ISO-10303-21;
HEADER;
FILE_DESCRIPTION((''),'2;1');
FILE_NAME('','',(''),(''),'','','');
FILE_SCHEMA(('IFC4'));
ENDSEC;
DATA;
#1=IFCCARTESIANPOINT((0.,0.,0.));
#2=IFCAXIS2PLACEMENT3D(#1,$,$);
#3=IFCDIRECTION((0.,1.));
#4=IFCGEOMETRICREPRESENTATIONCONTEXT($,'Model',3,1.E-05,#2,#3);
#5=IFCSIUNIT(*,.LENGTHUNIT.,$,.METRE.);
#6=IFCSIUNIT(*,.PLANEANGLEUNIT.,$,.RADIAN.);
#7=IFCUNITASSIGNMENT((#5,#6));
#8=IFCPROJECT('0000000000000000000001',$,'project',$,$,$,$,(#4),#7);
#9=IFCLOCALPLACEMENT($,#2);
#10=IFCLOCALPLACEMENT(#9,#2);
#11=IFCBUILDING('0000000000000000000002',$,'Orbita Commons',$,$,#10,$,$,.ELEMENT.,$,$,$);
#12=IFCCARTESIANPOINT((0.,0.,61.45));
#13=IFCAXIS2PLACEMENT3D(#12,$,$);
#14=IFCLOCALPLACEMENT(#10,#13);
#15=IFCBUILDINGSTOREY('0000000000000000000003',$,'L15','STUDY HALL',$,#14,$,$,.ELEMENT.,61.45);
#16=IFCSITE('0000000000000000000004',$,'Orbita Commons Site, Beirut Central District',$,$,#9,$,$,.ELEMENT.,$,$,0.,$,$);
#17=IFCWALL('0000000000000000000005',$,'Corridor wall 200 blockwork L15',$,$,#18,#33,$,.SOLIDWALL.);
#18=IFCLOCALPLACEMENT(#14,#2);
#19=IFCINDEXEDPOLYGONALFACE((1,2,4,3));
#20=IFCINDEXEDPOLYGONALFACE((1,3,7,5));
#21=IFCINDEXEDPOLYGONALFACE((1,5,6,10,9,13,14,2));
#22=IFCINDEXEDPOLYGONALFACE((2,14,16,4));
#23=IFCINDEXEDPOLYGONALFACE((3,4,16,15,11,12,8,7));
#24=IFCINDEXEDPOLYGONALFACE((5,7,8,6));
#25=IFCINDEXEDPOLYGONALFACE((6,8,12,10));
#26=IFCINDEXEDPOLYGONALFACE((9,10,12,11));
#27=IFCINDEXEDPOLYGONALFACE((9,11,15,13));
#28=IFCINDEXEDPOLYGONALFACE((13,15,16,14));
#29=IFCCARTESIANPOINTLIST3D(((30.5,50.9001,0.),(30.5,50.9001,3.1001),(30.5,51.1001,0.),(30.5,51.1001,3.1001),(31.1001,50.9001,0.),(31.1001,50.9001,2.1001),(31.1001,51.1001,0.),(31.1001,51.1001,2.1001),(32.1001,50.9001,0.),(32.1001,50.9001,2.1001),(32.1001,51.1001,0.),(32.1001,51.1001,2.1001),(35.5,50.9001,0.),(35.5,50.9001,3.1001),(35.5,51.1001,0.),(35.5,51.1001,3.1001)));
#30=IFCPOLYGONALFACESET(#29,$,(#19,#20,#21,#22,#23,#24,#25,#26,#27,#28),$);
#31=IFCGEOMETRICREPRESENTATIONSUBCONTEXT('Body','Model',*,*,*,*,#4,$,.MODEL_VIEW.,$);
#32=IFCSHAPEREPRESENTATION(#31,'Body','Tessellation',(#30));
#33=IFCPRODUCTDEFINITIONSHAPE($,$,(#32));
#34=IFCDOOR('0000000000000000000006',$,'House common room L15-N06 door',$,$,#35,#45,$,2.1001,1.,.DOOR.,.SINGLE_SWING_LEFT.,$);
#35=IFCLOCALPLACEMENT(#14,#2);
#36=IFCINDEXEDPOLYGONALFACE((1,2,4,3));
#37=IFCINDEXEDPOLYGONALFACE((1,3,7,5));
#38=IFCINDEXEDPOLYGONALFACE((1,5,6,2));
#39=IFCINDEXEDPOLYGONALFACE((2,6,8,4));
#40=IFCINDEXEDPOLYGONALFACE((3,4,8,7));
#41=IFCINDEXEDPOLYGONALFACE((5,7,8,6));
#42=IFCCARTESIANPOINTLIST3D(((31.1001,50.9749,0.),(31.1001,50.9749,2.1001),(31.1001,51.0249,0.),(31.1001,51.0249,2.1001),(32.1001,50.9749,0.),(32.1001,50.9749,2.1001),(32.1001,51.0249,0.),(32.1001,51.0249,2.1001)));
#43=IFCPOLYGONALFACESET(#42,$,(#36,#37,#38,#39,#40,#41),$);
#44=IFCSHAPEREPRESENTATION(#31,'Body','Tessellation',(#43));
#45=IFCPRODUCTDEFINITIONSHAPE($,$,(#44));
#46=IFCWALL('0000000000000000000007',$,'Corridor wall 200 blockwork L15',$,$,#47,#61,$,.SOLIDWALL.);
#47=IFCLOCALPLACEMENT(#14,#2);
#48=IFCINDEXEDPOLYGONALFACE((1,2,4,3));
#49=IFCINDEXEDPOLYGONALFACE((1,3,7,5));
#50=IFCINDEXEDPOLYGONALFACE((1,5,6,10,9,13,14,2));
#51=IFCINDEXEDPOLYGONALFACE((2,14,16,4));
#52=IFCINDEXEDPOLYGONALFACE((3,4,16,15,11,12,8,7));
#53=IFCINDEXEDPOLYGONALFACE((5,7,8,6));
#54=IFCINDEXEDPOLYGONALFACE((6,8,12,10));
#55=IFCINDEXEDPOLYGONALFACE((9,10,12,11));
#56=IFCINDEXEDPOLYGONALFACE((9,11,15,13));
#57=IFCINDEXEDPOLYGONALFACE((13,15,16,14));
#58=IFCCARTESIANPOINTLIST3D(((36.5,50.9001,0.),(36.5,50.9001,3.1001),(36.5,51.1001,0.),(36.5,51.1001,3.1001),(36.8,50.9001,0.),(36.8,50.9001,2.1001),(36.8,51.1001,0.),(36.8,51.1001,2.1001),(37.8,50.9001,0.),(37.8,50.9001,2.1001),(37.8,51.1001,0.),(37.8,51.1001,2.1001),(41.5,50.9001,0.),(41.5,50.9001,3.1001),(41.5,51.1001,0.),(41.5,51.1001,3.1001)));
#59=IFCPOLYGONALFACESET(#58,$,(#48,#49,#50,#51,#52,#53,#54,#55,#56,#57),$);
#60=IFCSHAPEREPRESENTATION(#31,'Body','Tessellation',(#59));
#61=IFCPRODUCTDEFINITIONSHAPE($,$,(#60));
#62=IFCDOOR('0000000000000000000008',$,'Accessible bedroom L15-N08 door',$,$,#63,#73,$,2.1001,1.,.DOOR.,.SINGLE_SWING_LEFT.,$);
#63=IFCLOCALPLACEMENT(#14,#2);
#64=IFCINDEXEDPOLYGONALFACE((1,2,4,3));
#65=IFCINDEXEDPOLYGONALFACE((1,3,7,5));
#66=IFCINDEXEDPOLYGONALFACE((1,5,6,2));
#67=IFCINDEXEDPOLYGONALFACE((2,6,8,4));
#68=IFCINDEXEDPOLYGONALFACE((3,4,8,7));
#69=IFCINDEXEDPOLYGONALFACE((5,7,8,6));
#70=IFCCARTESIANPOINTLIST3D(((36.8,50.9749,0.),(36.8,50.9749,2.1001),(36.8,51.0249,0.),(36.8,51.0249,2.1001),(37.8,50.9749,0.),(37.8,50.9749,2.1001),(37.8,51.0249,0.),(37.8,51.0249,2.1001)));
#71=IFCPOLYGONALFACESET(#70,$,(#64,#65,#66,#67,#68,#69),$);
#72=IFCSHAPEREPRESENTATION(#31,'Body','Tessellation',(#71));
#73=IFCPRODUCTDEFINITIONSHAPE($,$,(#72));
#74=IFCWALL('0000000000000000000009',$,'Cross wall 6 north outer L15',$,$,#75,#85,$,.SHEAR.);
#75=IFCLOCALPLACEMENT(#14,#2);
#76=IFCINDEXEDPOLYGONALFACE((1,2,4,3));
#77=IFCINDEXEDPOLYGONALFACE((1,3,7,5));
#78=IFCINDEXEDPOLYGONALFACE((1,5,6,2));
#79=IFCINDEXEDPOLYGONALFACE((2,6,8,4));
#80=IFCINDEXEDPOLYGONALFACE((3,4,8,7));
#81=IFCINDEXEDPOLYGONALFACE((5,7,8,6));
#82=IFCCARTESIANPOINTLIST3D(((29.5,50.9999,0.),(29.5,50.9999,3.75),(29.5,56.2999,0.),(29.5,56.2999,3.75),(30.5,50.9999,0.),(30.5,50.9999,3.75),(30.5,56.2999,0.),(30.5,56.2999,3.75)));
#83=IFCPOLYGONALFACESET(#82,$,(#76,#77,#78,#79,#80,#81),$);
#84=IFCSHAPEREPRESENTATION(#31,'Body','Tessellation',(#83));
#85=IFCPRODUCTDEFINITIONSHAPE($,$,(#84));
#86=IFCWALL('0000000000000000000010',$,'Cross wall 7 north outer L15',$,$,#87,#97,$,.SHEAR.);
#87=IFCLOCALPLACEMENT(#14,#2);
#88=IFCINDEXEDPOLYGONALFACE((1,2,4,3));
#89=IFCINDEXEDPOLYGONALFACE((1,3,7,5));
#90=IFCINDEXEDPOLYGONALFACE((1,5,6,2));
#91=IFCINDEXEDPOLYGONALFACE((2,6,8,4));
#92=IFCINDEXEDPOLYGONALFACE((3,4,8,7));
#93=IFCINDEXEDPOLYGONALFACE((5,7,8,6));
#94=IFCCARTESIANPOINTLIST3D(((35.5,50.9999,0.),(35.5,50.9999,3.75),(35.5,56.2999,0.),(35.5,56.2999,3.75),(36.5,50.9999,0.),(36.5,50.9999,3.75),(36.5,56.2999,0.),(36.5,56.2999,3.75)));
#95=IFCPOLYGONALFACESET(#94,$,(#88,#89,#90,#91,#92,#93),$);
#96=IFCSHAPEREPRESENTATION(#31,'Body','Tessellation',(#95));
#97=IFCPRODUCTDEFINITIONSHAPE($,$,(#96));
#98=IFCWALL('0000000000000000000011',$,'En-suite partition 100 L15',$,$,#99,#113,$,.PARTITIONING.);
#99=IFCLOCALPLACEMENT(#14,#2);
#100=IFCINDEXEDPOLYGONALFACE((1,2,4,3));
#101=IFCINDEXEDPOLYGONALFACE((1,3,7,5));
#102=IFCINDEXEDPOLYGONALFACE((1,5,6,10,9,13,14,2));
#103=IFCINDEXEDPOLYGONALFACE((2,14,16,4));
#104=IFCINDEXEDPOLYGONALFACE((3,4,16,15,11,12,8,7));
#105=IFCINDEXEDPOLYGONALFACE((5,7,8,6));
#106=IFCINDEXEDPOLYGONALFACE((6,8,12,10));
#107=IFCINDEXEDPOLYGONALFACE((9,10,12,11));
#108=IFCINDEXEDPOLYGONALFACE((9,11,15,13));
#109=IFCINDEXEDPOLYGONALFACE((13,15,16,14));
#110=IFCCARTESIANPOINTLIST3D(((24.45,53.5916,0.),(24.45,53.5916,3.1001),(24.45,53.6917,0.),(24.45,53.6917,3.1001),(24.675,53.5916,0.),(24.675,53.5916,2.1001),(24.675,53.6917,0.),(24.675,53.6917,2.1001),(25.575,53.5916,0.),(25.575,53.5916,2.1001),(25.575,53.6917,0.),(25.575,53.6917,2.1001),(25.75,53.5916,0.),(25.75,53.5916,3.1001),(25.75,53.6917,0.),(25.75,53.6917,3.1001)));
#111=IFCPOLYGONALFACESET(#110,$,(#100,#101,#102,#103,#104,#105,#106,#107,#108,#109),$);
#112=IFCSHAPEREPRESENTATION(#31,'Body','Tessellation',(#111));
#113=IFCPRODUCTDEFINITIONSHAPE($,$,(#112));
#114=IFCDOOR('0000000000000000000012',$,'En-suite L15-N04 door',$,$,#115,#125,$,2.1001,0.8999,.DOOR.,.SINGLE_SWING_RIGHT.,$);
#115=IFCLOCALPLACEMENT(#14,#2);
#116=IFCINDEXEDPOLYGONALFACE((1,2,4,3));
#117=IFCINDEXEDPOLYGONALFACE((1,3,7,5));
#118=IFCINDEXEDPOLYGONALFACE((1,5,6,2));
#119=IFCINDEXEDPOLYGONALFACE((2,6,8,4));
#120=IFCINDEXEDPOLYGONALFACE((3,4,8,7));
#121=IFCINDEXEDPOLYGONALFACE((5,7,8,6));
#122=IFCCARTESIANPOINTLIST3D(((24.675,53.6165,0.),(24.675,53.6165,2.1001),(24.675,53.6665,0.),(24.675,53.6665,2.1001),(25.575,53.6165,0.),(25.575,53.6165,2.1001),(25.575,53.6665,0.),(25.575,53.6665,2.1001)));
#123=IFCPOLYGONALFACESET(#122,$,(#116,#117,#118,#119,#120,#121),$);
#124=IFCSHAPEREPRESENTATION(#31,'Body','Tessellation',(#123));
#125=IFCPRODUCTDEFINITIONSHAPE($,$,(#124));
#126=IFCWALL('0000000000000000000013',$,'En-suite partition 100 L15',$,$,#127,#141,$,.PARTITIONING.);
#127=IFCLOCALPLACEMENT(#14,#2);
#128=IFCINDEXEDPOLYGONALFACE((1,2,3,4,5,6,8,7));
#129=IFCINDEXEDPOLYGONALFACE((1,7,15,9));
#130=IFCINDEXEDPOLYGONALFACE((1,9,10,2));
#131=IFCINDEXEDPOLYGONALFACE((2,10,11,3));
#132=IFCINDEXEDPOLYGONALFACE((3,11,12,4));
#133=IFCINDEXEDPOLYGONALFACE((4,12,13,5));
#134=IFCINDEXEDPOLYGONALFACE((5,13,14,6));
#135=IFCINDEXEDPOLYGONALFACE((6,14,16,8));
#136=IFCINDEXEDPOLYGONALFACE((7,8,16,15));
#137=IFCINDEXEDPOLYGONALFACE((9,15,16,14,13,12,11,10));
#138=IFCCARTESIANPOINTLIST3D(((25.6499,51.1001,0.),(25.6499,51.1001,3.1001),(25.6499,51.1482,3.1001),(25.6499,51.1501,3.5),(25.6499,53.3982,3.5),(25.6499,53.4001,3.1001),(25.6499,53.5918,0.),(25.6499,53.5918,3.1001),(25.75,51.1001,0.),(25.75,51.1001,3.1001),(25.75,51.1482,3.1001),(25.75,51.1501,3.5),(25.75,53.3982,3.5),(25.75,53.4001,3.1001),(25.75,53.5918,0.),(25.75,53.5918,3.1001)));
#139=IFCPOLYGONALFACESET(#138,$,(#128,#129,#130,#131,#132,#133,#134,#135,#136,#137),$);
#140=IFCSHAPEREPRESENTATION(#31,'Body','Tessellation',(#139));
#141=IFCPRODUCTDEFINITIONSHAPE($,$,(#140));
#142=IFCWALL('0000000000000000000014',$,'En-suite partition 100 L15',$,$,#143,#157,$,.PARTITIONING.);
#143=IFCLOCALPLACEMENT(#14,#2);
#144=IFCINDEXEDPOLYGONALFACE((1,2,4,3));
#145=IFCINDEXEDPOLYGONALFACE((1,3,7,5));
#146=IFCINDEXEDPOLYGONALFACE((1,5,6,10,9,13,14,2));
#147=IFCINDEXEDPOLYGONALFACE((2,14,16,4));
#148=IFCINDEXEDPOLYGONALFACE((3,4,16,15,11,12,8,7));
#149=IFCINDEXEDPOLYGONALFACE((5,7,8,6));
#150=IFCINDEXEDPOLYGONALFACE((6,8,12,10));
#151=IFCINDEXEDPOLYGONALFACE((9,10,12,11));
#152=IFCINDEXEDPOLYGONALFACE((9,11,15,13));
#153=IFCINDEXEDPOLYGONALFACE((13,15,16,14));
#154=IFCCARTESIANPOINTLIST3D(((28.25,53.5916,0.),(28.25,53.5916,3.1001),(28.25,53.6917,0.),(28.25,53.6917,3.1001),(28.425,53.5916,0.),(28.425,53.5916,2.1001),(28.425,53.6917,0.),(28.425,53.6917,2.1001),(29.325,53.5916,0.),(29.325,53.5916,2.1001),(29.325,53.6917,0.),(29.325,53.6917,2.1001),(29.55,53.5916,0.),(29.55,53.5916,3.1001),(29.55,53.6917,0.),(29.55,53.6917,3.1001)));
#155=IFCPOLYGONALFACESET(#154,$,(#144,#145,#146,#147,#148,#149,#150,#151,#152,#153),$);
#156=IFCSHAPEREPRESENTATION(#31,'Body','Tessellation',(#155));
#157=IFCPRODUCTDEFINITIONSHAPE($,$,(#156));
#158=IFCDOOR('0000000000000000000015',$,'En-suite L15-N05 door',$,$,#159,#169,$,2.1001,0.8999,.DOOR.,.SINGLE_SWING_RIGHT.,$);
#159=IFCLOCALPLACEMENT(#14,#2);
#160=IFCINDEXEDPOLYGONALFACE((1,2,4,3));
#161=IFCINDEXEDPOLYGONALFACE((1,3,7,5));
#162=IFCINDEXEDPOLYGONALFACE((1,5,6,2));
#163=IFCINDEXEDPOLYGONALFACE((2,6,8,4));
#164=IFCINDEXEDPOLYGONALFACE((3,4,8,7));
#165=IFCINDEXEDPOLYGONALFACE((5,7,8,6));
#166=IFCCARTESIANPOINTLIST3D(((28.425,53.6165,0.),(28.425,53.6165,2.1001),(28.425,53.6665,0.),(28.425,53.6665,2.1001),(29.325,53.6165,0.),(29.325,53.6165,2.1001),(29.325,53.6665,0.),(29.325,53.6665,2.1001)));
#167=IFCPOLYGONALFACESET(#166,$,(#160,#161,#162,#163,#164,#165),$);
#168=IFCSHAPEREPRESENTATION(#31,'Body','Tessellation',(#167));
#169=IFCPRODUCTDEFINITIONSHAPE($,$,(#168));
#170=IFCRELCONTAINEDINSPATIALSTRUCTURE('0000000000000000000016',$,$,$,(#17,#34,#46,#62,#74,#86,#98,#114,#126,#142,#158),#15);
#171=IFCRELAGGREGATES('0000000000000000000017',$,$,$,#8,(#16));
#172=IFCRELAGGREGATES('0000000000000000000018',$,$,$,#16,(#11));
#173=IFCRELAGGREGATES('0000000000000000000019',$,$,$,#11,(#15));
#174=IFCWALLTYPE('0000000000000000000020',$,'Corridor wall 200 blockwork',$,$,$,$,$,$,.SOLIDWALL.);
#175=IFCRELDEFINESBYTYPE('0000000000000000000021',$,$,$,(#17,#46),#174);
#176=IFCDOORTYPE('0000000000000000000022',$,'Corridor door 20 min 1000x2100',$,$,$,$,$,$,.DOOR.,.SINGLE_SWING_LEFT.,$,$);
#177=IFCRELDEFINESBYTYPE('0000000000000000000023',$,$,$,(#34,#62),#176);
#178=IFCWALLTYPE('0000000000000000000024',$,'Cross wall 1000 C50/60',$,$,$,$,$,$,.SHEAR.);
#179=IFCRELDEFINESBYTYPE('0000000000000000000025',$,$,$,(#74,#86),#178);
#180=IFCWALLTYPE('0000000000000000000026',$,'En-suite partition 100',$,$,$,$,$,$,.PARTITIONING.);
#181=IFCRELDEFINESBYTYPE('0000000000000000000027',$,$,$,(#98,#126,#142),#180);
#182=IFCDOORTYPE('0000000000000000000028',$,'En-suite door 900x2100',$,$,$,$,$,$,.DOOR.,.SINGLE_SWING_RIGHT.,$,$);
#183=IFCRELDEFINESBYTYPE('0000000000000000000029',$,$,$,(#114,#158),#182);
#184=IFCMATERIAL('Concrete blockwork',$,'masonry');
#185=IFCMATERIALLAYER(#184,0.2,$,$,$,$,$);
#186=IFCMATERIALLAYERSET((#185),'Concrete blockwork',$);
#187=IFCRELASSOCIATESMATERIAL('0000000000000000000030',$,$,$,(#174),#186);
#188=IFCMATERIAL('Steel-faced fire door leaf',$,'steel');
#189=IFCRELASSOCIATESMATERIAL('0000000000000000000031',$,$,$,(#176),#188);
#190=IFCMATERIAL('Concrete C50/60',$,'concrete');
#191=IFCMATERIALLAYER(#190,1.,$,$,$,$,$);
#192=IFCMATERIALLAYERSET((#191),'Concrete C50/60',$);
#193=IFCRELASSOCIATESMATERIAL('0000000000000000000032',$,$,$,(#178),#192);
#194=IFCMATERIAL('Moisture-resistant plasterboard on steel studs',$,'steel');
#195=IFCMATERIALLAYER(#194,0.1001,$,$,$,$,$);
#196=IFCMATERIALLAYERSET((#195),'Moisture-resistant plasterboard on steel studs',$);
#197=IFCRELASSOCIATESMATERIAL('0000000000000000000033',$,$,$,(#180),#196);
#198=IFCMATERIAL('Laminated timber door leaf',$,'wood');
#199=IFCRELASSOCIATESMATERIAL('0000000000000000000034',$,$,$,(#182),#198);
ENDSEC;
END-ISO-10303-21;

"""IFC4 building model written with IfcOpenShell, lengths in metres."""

from ifc_helpers import new_model, si_unit, direction, frame, frame_2d, origin, place, context, subcontext, project, spatial, polyline, rectangle, outline, extrude, material, layer, layer_set, type_object, element, fill, save


model = new_model("IFC4")

# Units and contexts
model_context = context("Model", 3, precision=1e-05, world=origin(), true_north=direction((0.0, 1.0)))
body_context = subcontext(model_context, "Body", "Model", "MODEL_VIEW")
ifc_project = project(units=[si_unit("LENGTHUNIT", "METRE"), si_unit("PLANEANGLEUNIT", "RADIAN")], contexts=[model_context])

# Site, building, storey
site_placement = place(None, origin())
site = spatial("IfcSite", under=ifc_project, at=site_placement, Name="Orbita Commons Site, Beirut Central District", CompositionType="ELEMENT", RefElevation=0.0)
building_placement = place(site_placement, origin())
building = spatial("IfcBuilding", under=site, at=building_placement, Name="Orbita Commons", CompositionType="ELEMENT")
storey_placement = place(building_placement, frame((0.0, 0.0, 61.45)))
storey = spatial("IfcBuildingStorey", under=building, at=storey_placement, Name="L15", Description="STUDY HALL", CompositionType="ELEMENT", Elevation=61.45)

# Shared definitions
ifc_material_1 = material(Name="Concrete blockwork", Category="masonry")
ifc_layer_1 = layer(ifc_material_1, 0.2)
ifc_layer_set_1 = layer_set([ifc_layer_1], Name="Concrete blockwork")
wall_type_1 = type_object("IfcWallType", Name="Corridor wall 200 blockwork", PredefinedType="SOLIDWALL", material=ifc_layer_set_1)

# Walls, openings, doors
wall_1_placement = place(storey_placement, frame((30.5, 51.0, 0.0), z_axis=(0.0, 0.0, 1.0), x_axis=(1.0, 0.0, 0.0)))
wall_1 = element("IfcWall", 1, at=wall_1_placement, inside=storey, type_object=wall_type_1, Name="Corridor wall 200 blockwork L15", PredefinedType="SOLIDWALL", context=body_context, shape_type="SweptSolid", body=[
    extrude(outline(polyline([(0.0, 0.0), (5.0, 0.0), (5.0, 3.1001), (0.0, 3.1001), (0.0, 0.0)])), frame((0.0, 0.1001, 0.0), z_axis=(0.0, -1.0, 0.0), x_axis=(1.0, 0.0, 0.0)), (0.0, 0.0, 1.0), 0.2),
])
opening_1_placement = place(wall_1_placement, frame((0.6001, 0.0, 0.0)))
opening_1 = element("IfcOpeningElement", 2, at=opening_1_placement, cuts=wall_1, PredefinedType="OPENING", context=body_context, shape_type="SweptSolid", body=[
    extrude(rectangle(XDim=1.0, YDim=2.1001, at=frame_2d((0.5, 1.05))), frame((0.0, 0.1099, 0.0), z_axis=(0.0, -1.0, 0.0), x_axis=(1.0, 0.0, 0.0)), (0.0, 0.0, 1.0), 0.22),
])
ifc_material_2 = material(Name="Steel-faced fire door leaf", Category="steel")
door_type_1 = type_object("IfcDoorType", Name="Corridor door 20 min 1000x2100", OperationType="SINGLE_SWING_LEFT", PredefinedType="DOOR", material=ifc_material_2)
door_1_placement = place(opening_1_placement, origin())
door_1 = element("IfcDoor", 3, at=door_1_placement, inside=storey, type_object=door_type_1, Name="House common room L15-N06 door", OperationType="SINGLE_SWING_LEFT", OverallHeight=2.1001, OverallWidth=1.0, PredefinedType="DOOR", context=body_context, shape_type="SweptSolid", body=[
    extrude(rectangle(XDim=1.0, YDim=2.1001, at=frame_2d((0.5, 1.05))), frame((0.0, 0.0249, 0.0), z_axis=(0.0, -1.0, 0.0), x_axis=(1.0, 0.0, 0.0)), (0.0, 0.0, 1.0), 0.05),
])
fill(opening_1, door_1)
wall_2_placement = place(storey_placement, frame((36.5, 51.0, 0.0), z_axis=(0.0, 0.0, 1.0), x_axis=(1.0, 0.0, 0.0)))
wall_2 = element("IfcWall", 4, at=wall_2_placement, inside=storey, type_object=wall_type_1, Name="Corridor wall 200 blockwork L15", PredefinedType="SOLIDWALL", context=body_context, shape_type="SweptSolid", body=[
    extrude(outline(polyline([(0.0, 0.0), (5.0, 0.0), (5.0, 3.1001), (0.0, 3.1001), (0.0, 0.0)])), frame((0.0, 0.1001, 0.0), z_axis=(0.0, -1.0, 0.0), x_axis=(1.0, 0.0, 0.0)), (0.0, 0.0, 1.0), 0.2),
])
opening_2_placement = place(wall_2_placement, frame((0.3, 0.0, 0.0)))
opening_2 = element("IfcOpeningElement", 5, at=opening_2_placement, cuts=wall_2, PredefinedType="OPENING", context=body_context, shape_type="SweptSolid", body=[
    extrude(rectangle(XDim=1.0, YDim=2.1001, at=frame_2d((0.5, 1.05))), frame((0.0, 0.1099, 0.0), z_axis=(0.0, -1.0, 0.0), x_axis=(1.0, 0.0, 0.0)), (0.0, 0.0, 1.0), 0.22),
])
door_2_placement = place(opening_2_placement, origin())
door_2 = element("IfcDoor", 6, at=door_2_placement, inside=storey, type_object=door_type_1, Name="Accessible bedroom L15-N08 door", OperationType="SINGLE_SWING_LEFT", OverallHeight=2.1001, OverallWidth=1.0, PredefinedType="DOOR", context=body_context, shape_type="SweptSolid", body=[
    extrude(rectangle(XDim=1.0, YDim=2.1001, at=frame_2d((0.5, 1.05))), frame((0.0, 0.0249, 0.0), z_axis=(0.0, -1.0, 0.0), x_axis=(1.0, 0.0, 0.0)), (0.0, 0.0, 1.0), 0.05),
])
fill(opening_2, door_2)

# Walls
ifc_material_3 = material(Name="Concrete C50/60", Category="concrete")
ifc_layer_2 = layer(ifc_material_3, 1.0)
ifc_layer_set_2 = layer_set([ifc_layer_2], Name="Concrete C50/60")
wall_type_2 = type_object("IfcWallType", Name="Cross wall 1000 C50/60", PredefinedType="SHEAR", material=ifc_layer_set_2)
for number, where, z_axis, x_axis, name in (
    (7, (30.0, 51.0, 0.0), (0.0, 0.0, 1.0), (0.0, 1.0, 0.0), "Cross wall 6 north outer L15"),
    (8, (36.0, 51.0, 0.0), (0.0, 0.0, 1.0), (0.0, 1.0, 0.0), "Cross wall 7 north outer L15"),
):
    element("IfcWall", number, at=place(storey_placement, frame(where, z_axis=z_axis, x_axis=x_axis)), inside=storey, type_object=wall_type_2, Name=name, PredefinedType="SHEAR", context=body_context, shape_type="SweptSolid", body=[
        extrude(rectangle(XDim=5.3, YDim=1.0, at=frame_2d((2.6499, 0.0))), origin(), (0.0, 0.0, 1.0), 3.75),
    ])

# Wall, opening, door
ifc_material_4 = material(Name="Moisture-resistant plasterboard on steel studs", Category="steel")
ifc_layer_3 = layer(ifc_material_4, 0.1001)
ifc_layer_set_3 = layer_set([ifc_layer_3], Name="Moisture-resistant plasterboard on steel studs")
wall_type_3 = type_object("IfcWallType", Name="En-suite partition 100", PredefinedType="PARTITIONING", material=ifc_layer_set_3)
wall_3_placement = place(storey_placement, frame((24.45, 53.6416, 0.0), z_axis=(0.0, 0.0, 1.0), x_axis=(1.0, 0.0, 0.0)))
wall_3 = element("IfcWall", 9, at=wall_3_placement, inside=storey, type_object=wall_type_3, Name="En-suite partition 100 L15", PredefinedType="PARTITIONING", context=body_context, shape_type="SweptSolid", body=[
    extrude(outline(polyline([(0.0, 0.0), (1.3, 0.0), (1.3, 3.1001), (0.0, 3.1001), (0.0, 0.0)])), frame((0.0, 0.05, 0.0), z_axis=(0.0, -1.0, 0.0), x_axis=(1.0, 0.0, 0.0)), (0.0, 0.0, 1.0), 0.1001),
])
opening_3_placement = place(wall_3_placement, frame((0.2251, 0.0, 0.0)))
opening_3 = element("IfcOpeningElement", 10, at=opening_3_placement, cuts=wall_3, PredefinedType="OPENING", context=body_context, shape_type="SweptSolid", body=[
    extrude(rectangle(XDim=0.8999, YDim=2.1001, at=frame_2d((0.45, 1.05))), frame((0.0, 0.0601, 0.0), z_axis=(0.0, -1.0, 0.0), x_axis=(1.0, 0.0, 0.0)), (0.0, 0.0, 1.0), 0.1201),
])
ifc_material_5 = material(Name="Laminated timber door leaf", Category="wood")
door_type_2 = type_object("IfcDoorType", Name="En-suite door 900x2100", OperationType="SINGLE_SWING_RIGHT", PredefinedType="DOOR", material=ifc_material_5)
door_3_placement = place(opening_3_placement, origin())
door_3 = element("IfcDoor", 11, at=door_3_placement, inside=storey, type_object=door_type_2, Name="En-suite L15-N04 door", OperationType="SINGLE_SWING_RIGHT", OverallHeight=2.1001, OverallWidth=0.8999, PredefinedType="DOOR", context=body_context, shape_type="SweptSolid", body=[
    extrude(rectangle(XDim=0.8999, YDim=2.1001, at=frame_2d((0.45, 1.05))), frame((0.0, 0.0249, 0.0), z_axis=(0.0, -1.0, 0.0), x_axis=(1.0, 0.0, 0.0)), (0.0, 0.0, 1.0), 0.05),
])
fill(opening_3, door_3)

# Wall
wall_4_placement = place(storey_placement, frame((25.7, 53.5918, 0.0), z_axis=(0.0, 0.0, 1.0), x_axis=(0.0, -1.0, 0.0)))
element("IfcWall", 12, at=wall_4_placement, inside=storey, type_object=wall_type_3, Name="En-suite partition 100 L15", PredefinedType="PARTITIONING", context=body_context, shape_type="SweptSolid", body=[
    extrude(outline(polyline([(0.0, 0.0), (2.4917, 0.0), (2.4917, 3.1001), (2.4436, 3.1001), (2.4417, 3.5), (0.1936, 3.5), (0.1917, 3.1001), (0.0, 3.1001), (0.0, 0.0)])), frame((0.0, 0.05, 0.0), z_axis=(0.0, -1.0, 0.0), x_axis=(1.0, 0.0, 0.0)), (0.0, 0.0, 1.0), 0.1001),
])

# Wall, opening, door
wall_5_placement = place(storey_placement, frame((28.25, 53.6416, 0.0), z_axis=(0.0, 0.0, 1.0), x_axis=(1.0, 0.0, 0.0)))
wall_5 = element("IfcWall", 13, at=wall_5_placement, inside=storey, type_object=wall_type_3, Name="En-suite partition 100 L15", PredefinedType="PARTITIONING", context=body_context, shape_type="SweptSolid", body=[
    extrude(outline(polyline([(0.0, 0.0), (1.3, 0.0), (1.3, 3.1001), (0.0, 3.1001), (0.0, 0.0)])), frame((0.0, 0.05, 0.0), z_axis=(0.0, -1.0, 0.0), x_axis=(1.0, 0.0, 0.0)), (0.0, 0.0, 1.0), 0.1001),
])
opening_4_placement = place(wall_5_placement, frame((0.175, 0.0, 0.0)))
opening_4 = element("IfcOpeningElement", 14, at=opening_4_placement, cuts=wall_5, PredefinedType="OPENING", context=body_context, shape_type="SweptSolid", body=[
    extrude(rectangle(XDim=0.8999, YDim=2.1001, at=frame_2d((0.45, 1.05))), frame((0.0, 0.0601, 0.0), z_axis=(0.0, -1.0, 0.0), x_axis=(1.0, 0.0, 0.0)), (0.0, 0.0, 1.0), 0.1201),
])
door_4_placement = place(opening_4_placement, origin())
door_4 = element("IfcDoor", 15, at=door_4_placement, inside=storey, type_object=door_type_2, Name="En-suite L15-N05 door", OperationType="SINGLE_SWING_RIGHT", OverallHeight=2.1001, OverallWidth=0.8999, PredefinedType="DOOR", context=body_context, shape_type="SweptSolid", body=[
    extrude(rectangle(XDim=0.8999, YDim=2.1001, at=frame_2d((0.45, 1.05))), frame((0.0, 0.0249, 0.0), z_axis=(0.0, -1.0, 0.0), x_axis=(1.0, 0.0, 0.0)), (0.0, 0.0, 1.0), 0.05),
])
fill(opening_4, door_4)

save(model, "model.ifc")
